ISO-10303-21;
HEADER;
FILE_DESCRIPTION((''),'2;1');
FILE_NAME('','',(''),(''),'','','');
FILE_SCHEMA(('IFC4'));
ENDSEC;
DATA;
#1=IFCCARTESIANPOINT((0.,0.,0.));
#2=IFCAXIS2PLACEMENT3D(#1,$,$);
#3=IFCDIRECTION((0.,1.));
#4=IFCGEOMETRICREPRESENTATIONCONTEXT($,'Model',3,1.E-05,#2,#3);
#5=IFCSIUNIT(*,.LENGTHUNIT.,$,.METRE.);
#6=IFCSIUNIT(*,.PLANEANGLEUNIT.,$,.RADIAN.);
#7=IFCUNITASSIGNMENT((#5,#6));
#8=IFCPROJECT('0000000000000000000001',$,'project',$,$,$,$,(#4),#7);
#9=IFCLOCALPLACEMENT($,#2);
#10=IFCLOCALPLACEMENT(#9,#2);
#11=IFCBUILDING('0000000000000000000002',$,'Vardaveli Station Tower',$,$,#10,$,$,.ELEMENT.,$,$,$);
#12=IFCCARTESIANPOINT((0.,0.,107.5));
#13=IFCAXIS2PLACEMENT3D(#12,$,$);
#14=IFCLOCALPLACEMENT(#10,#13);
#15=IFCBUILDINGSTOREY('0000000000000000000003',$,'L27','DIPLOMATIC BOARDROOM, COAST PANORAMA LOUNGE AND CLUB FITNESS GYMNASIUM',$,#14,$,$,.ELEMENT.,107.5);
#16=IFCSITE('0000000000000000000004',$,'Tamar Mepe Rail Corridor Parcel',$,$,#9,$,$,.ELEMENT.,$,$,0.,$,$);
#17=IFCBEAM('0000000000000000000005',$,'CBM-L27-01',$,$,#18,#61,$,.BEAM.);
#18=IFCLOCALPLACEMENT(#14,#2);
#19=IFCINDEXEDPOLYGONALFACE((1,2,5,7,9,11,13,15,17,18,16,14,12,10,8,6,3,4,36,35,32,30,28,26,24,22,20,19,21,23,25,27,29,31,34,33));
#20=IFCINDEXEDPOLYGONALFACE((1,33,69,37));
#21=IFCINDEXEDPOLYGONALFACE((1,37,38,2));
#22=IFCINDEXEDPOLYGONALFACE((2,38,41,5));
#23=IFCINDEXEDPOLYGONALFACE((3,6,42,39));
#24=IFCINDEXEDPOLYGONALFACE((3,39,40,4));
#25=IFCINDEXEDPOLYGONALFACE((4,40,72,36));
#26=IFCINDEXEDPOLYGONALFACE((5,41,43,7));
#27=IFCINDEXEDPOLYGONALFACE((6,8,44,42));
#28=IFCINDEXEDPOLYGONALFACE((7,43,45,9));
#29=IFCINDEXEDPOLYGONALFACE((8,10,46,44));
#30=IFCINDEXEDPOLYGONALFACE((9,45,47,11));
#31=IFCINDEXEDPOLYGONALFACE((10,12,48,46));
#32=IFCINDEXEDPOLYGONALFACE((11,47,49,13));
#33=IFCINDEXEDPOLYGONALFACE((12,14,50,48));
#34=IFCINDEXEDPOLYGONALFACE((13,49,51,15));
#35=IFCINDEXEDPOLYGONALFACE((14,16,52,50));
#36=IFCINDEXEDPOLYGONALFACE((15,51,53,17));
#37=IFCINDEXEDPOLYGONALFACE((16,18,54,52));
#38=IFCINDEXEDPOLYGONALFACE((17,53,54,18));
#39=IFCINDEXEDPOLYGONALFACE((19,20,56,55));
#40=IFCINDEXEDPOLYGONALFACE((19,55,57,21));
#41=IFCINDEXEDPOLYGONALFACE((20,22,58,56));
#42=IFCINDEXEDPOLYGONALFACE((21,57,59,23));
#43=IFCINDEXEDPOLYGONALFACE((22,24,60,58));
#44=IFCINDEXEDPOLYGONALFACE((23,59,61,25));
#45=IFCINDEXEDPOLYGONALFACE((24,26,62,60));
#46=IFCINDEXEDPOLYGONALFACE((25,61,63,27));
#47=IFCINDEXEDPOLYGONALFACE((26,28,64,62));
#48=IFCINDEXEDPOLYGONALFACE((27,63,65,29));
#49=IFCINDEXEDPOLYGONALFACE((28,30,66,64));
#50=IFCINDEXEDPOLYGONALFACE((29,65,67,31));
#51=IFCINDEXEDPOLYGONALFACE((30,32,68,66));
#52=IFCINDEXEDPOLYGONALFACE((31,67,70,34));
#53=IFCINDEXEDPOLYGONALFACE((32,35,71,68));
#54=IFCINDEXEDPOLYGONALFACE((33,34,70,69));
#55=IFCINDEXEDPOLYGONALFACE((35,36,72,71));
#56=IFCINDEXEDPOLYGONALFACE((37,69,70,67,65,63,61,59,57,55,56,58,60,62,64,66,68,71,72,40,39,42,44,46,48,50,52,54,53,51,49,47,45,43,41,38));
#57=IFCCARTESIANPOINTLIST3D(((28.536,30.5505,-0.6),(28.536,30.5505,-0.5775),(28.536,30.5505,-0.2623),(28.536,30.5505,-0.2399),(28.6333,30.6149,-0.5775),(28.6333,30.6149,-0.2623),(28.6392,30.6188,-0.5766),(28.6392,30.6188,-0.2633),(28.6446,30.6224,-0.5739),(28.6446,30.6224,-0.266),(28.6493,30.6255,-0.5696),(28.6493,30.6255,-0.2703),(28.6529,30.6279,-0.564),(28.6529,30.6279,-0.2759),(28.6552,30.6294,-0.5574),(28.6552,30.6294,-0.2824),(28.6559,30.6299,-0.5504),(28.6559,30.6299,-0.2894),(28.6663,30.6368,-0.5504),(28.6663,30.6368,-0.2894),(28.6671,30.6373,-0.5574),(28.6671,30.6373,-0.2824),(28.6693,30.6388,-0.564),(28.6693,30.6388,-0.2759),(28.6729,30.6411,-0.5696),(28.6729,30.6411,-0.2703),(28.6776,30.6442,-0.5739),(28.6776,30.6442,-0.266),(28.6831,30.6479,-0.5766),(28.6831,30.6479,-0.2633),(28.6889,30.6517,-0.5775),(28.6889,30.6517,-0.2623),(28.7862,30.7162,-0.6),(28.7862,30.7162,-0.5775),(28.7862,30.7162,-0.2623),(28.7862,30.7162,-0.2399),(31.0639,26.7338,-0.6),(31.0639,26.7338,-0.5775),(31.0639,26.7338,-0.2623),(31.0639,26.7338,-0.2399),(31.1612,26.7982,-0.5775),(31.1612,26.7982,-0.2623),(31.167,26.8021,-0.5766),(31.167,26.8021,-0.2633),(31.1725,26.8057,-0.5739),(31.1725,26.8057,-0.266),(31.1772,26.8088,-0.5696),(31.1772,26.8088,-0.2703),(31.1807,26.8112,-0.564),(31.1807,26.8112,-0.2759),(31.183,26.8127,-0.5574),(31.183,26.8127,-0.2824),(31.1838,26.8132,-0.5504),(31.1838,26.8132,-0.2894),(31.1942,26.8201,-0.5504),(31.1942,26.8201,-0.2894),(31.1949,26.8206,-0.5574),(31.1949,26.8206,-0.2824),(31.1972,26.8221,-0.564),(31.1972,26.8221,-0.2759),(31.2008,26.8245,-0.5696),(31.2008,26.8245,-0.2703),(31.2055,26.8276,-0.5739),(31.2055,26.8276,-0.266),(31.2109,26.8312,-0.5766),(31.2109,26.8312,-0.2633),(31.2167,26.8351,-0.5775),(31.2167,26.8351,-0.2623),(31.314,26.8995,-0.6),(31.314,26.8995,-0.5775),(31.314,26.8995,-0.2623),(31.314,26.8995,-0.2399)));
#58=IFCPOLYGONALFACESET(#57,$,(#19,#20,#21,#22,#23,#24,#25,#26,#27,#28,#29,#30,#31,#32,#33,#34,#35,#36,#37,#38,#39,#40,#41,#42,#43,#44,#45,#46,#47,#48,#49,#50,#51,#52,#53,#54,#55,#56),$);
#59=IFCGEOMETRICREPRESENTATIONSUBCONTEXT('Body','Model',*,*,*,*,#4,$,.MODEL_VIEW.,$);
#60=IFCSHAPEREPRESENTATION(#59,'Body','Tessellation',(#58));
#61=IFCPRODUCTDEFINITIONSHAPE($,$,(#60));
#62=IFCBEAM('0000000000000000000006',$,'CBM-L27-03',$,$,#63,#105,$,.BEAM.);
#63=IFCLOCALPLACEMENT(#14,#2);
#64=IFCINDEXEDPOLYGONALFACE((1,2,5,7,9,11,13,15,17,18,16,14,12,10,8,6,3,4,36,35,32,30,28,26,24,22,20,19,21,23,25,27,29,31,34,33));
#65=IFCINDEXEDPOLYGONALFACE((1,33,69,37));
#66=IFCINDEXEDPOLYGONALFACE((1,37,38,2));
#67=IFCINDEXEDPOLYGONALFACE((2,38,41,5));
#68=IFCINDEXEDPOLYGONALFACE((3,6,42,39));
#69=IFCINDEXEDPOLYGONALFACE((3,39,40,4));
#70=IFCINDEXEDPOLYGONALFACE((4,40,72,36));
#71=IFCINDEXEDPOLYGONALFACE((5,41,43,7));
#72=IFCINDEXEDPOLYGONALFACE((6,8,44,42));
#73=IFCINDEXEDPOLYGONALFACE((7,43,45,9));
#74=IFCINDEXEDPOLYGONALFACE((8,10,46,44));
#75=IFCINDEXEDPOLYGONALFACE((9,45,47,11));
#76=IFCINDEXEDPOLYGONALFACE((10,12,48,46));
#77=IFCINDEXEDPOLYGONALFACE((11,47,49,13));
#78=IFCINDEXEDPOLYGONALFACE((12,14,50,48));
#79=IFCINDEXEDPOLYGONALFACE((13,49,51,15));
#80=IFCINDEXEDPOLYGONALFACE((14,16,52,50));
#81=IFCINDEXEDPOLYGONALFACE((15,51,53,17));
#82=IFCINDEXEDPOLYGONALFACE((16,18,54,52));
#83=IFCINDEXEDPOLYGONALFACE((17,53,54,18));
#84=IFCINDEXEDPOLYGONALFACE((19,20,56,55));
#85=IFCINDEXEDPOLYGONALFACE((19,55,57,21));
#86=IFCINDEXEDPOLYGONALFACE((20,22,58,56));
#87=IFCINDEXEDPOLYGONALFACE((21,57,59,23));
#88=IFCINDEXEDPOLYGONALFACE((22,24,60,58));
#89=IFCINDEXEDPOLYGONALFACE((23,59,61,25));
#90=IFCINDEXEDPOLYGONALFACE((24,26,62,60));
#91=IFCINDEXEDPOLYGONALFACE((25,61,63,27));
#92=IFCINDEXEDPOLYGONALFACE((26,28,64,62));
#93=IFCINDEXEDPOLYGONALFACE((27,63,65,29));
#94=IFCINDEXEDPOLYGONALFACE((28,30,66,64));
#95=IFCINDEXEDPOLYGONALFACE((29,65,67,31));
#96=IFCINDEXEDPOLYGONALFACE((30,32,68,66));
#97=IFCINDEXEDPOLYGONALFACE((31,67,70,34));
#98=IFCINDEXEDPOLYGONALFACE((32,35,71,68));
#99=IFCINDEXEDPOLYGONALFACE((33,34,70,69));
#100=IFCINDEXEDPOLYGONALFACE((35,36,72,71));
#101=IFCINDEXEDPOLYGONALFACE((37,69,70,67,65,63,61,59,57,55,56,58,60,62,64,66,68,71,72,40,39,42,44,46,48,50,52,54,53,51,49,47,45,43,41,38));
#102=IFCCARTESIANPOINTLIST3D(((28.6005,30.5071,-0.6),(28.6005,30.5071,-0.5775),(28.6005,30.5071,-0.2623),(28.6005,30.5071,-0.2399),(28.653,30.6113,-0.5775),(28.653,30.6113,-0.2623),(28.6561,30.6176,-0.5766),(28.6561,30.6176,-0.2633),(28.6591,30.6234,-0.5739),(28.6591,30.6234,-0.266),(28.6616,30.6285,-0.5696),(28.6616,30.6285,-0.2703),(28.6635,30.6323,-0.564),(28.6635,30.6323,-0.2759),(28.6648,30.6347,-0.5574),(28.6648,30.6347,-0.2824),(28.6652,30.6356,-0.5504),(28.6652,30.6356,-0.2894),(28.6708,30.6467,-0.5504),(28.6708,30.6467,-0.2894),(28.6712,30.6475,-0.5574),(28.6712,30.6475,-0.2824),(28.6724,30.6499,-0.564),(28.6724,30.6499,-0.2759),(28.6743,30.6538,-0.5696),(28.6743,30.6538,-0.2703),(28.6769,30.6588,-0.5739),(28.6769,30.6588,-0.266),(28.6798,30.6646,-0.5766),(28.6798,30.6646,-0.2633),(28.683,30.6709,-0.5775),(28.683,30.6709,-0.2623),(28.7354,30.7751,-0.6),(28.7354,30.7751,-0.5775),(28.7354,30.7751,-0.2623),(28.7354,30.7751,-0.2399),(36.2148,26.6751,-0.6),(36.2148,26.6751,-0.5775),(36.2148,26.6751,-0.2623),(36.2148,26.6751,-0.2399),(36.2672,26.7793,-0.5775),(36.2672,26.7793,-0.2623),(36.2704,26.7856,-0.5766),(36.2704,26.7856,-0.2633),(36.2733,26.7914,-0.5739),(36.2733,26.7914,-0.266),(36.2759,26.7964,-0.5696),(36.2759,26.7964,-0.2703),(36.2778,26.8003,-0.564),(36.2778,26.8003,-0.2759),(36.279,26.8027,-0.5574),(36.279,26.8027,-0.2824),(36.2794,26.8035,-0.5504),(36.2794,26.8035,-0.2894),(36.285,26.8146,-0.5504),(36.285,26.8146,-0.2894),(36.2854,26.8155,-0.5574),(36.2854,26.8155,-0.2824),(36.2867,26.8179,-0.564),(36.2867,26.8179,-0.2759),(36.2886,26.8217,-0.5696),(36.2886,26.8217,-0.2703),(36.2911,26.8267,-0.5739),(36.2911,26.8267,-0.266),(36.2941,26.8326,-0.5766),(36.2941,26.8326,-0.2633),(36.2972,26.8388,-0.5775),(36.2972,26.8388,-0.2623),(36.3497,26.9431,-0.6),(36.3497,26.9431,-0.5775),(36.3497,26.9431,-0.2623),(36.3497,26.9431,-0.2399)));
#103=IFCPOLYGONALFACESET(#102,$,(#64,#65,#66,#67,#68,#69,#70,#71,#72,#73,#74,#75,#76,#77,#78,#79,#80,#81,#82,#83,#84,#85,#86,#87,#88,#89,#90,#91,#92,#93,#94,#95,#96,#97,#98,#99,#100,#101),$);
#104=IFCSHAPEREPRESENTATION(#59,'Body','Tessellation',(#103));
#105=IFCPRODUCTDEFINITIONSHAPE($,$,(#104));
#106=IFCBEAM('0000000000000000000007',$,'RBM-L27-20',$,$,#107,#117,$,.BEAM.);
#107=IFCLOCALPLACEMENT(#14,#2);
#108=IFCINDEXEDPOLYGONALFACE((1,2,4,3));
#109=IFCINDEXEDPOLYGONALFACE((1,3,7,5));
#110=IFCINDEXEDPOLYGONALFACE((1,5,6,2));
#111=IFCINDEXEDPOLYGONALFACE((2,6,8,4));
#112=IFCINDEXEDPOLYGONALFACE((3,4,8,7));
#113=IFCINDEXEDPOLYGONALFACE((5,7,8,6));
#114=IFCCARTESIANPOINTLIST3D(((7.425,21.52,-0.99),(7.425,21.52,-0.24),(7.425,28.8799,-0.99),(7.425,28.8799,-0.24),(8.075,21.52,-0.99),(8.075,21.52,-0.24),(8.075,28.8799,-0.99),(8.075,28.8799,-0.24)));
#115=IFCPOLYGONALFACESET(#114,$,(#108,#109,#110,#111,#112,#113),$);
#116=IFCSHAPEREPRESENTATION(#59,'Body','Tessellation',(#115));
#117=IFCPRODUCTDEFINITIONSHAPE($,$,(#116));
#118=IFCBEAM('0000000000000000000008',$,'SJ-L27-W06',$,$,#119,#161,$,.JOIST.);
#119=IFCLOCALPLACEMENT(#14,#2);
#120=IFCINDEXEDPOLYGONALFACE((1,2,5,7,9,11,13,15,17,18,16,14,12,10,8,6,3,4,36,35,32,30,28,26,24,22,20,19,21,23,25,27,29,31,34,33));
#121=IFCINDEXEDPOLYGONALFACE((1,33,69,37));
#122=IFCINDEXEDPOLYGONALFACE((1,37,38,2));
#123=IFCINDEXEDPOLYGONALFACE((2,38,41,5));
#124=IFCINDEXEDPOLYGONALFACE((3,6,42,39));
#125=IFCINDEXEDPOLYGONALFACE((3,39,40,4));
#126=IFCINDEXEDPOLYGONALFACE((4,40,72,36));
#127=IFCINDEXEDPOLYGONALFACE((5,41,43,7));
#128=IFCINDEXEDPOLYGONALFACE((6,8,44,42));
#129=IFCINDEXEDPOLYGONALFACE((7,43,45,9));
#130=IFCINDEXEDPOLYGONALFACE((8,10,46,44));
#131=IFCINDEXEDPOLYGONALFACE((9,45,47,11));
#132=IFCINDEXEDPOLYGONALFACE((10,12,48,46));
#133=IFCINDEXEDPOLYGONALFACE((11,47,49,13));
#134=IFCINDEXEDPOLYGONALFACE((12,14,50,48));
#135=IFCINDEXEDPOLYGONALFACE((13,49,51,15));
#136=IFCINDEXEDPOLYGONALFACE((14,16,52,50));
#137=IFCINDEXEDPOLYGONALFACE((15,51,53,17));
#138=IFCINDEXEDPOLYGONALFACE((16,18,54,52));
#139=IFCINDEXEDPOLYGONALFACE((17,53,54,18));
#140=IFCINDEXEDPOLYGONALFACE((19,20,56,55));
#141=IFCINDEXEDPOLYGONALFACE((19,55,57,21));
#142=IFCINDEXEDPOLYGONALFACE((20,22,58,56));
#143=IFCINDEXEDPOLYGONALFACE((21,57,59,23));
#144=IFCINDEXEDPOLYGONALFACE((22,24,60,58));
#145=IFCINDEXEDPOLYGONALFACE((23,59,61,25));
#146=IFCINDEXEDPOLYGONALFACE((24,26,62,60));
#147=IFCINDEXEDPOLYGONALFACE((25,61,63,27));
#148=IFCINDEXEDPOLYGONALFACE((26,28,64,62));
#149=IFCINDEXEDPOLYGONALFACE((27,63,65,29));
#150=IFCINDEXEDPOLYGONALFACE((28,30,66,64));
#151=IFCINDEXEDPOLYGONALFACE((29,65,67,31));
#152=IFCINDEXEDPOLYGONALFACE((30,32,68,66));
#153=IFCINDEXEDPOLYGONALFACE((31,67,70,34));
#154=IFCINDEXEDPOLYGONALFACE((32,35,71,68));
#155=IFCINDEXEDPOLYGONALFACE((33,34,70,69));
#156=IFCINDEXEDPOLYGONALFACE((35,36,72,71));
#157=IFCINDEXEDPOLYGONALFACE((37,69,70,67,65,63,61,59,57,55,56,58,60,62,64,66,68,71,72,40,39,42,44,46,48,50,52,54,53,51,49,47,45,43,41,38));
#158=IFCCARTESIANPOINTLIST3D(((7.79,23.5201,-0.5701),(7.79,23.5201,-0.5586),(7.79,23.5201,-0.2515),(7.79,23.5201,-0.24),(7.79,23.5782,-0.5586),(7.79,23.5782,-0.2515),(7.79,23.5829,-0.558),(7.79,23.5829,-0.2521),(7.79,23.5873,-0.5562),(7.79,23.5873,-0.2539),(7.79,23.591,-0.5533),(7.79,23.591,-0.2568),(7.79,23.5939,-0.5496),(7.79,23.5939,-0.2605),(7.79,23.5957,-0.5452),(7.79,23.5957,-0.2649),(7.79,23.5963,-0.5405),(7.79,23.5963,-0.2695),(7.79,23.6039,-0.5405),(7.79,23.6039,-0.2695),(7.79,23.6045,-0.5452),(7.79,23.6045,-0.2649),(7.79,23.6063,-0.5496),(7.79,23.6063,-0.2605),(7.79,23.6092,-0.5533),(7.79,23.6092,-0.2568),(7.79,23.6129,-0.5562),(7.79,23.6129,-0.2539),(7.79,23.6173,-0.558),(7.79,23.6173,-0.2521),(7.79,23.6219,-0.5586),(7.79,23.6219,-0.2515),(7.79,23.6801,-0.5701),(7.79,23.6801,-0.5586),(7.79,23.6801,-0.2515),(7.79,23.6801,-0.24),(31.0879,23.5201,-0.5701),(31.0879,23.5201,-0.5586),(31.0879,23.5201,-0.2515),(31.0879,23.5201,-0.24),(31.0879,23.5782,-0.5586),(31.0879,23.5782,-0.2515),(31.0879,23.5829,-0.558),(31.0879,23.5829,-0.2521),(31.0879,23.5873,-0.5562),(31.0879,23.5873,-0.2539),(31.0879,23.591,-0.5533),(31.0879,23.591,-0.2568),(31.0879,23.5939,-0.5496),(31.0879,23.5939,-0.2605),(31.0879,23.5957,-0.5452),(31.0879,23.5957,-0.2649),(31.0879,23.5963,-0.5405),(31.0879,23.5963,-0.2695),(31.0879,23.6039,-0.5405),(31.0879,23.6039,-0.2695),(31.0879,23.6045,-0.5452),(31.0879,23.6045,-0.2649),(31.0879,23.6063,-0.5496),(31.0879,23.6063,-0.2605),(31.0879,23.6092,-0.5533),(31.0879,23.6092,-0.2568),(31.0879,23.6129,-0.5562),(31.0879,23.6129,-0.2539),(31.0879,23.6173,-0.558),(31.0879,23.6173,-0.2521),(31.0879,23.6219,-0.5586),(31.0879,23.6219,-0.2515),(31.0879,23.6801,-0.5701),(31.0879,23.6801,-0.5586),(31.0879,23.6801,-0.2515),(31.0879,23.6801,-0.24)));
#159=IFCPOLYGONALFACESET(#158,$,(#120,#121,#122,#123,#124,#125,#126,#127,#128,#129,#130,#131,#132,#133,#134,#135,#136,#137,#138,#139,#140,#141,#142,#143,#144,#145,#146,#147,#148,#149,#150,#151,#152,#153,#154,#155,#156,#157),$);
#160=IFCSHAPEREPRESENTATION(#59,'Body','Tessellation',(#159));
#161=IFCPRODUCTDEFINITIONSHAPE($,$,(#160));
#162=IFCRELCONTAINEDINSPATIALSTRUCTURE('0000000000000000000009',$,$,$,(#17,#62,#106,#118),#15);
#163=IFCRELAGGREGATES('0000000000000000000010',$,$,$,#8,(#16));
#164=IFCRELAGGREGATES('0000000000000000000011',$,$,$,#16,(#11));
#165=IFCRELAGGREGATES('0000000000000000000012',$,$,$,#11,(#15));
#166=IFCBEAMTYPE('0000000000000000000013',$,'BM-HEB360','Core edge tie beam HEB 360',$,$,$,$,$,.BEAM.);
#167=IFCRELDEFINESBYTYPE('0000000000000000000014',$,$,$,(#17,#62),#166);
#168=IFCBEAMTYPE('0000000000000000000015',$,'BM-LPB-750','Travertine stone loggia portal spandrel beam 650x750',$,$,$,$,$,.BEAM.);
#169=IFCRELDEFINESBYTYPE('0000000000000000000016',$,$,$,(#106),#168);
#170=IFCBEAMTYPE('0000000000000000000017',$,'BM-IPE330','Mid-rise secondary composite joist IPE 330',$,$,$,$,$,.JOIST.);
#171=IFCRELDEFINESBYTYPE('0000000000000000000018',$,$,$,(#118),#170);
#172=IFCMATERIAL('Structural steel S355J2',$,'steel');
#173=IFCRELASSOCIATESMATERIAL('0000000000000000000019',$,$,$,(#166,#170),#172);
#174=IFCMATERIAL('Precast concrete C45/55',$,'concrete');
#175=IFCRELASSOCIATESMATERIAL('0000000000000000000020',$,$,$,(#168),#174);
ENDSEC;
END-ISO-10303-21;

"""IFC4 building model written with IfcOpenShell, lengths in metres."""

from ifc_helpers import new_model, si_unit, direction, frame, origin, origin_2d, place, context, subcontext, project, spatial, rectangle, i_section, extrude, source, transform, mapped, material, material_profile, profile_set, type_object, element, save


model = new_model("IFC4")

# Units and contexts
model_context = context("Model", 3, precision=1e-05, world=origin(), true_north=direction((0.0, 1.0)))
body_context = subcontext(model_context, "Body", "Model", "MODEL_VIEW")
ifc_project = project(units=[si_unit("LENGTHUNIT", "METRE"), si_unit("PLANEANGLEUNIT", "RADIAN")], contexts=[model_context])

# Site, building, storey
site_placement = place(None, origin())
site = spatial("IfcSite", under=ifc_project, at=site_placement, Name="Tamar Mepe Rail Corridor Parcel", CompositionType="ELEMENT", RefElevation=0.0)
building_placement = place(site_placement, origin())
building = spatial("IfcBuilding", under=site, at=building_placement, Name="Vardaveli Station Tower", CompositionType="ELEMENT")
storey_placement = place(building_placement, frame((0.0, 0.0, 107.5)))
storey = spatial("IfcBuildingStorey", under=building, at=storey_placement, Name="L27", Description="DIPLOMATIC BOARDROOM, COAST PANORAMA LOUNGE AND CLUB FITNESS GYMNASIUM", CompositionType="ELEMENT", Elevation=107.5)

# Beams
ifc_material_1 = material(Name="Structural steel S355J2", Category="steel")
ifc_material_profile_1 = material_profile(ifc_material_1, i_section(OverallWidth=0.3, OverallDepth=0.3601, WebThickness=0.0125, FlangeThickness=0.0225, FilletRadius=0.0271, at=origin_2d()), Name="HEB 360")
ifc_profile_set_1 = profile_set([ifc_material_profile_1], Name="Structural steel S355J2")
beam_type_1 = type_object("IfcBeamType", Name="BM-HEB360", Description="Core edge tie beam HEB 360", PredefinedType="BEAM", material=ifc_profile_set_1)
shared_shape_1 = source(origin(), body_context, "Body", "SweptSolid", [
    extrude(i_section(OverallWidth=0.3, OverallDepth=0.3601, WebThickness=0.0125, FlangeThickness=0.0225, FilletRadius=0.0271, at=origin_2d()), origin(), (0.0, 0.0, 1.0), 4.5779),
])
beam_1_placement = place(storey_placement, frame((31.189, 26.8167, -0.4199), z_axis=(-0.552187, 0.83372, 0.0), x_axis=(-0.83372, -0.552187, 0.0)))
element("IfcBeam", 1, at=beam_1_placement, inside=storey, type_object=beam_type_1, Name="CBM-L27-01", PredefinedType="BEAM", context=body_context, shape_type="MappedRepresentation", body=[
    mapped(shared_shape_1, transform((0.0, 0.0, 0.0), scale=1.0)),
])
shared_shape_2 = source(origin(), body_context, "Body", "SweptSolid", [
    extrude(i_section(OverallWidth=0.3, OverallDepth=0.3601, WebThickness=0.0125, FlangeThickness=0.0225, FilletRadius=0.0271, at=origin_2d()), origin(), (0.0, 0.0, 1.0), 8.5242),
])
beam_2_placement = place(storey_placement, frame((28.668, 30.6411, -0.4199), z_axis=(0.893256, -0.449549, 0.0), x_axis=(0.449549, 0.893256, 0.0)))
element("IfcBeam", 2, at=beam_2_placement, inside=storey, type_object=beam_type_1, Name="CBM-L27-03", PredefinedType="BEAM", context=body_context, shape_type="MappedRepresentation", body=[
    mapped(shared_shape_2, transform((0.0, 0.0, 0.0), scale=1.0)),
])
ifc_material_2 = material(Name="Precast concrete C45/55", Category="concrete")
ifc_material_profile_2 = material_profile(ifc_material_2, rectangle(XDim=0.6499, YDim=0.75, at=origin_2d()), Name="LPB 650x750")
ifc_profile_set_2 = profile_set([ifc_material_profile_2], Name="Precast concrete C45/55")
beam_type_2 = type_object("IfcBeamType", Name="BM-LPB-750", Description="Travertine stone loggia portal spandrel beam 650x750", PredefinedType="BEAM", material=ifc_profile_set_2)
shared_shape_3 = source(origin(), body_context, "Body", "SweptSolid", [
    extrude(rectangle(XDim=0.6499, YDim=0.75, at=origin_2d()), origin(), (0.0, 0.0, 1.0), 7.3599),
])
beam_3_placement = place(storey_placement, frame((7.75, 28.8799, -0.615), z_axis=(0.0, -1.0, 0.0), x_axis=(1.0, 0.0, 0.0)))
element("IfcBeam", 3, at=beam_3_placement, inside=storey, type_object=beam_type_2, Name="RBM-L27-20", PredefinedType="BEAM", context=body_context, shape_type="MappedRepresentation", body=[
    mapped(shared_shape_3, transform((0.0, 0.0, 0.0), scale=1.0)),
])
ifc_material_profile_3 = material_profile(ifc_material_1, i_section(OverallWidth=0.1599, OverallDepth=0.3301, WebThickness=0.0076, FlangeThickness=0.0115, FilletRadius=0.0181, at=origin_2d()), Name="IPE 330")
ifc_profile_set_3 = profile_set([ifc_material_profile_3], Name="Structural steel S355J2")
beam_type_3 = type_object("IfcBeamType", Name="BM-IPE330", Description="Mid-rise secondary composite joist IPE 330", PredefinedType="JOIST", material=ifc_profile_set_3)
shared_shape_4 = source(origin(), body_context, "Body", "SweptSolid", [
    extrude(i_section(OverallWidth=0.1599, OverallDepth=0.3301, WebThickness=0.0076, FlangeThickness=0.0115, FilletRadius=0.0181, at=origin_2d()), origin(), (0.0, 0.0, 1.0), 23.2979),
])
beam_4_placement = place(storey_placement, frame((7.79, 23.6001, -0.405), z_axis=(1.0, 0.0, 0.0), x_axis=(0.0, 1.0, 0.0)))
element("IfcBeam", 4, at=beam_4_placement, inside=storey, type_object=beam_type_3, Name="SJ-L27-W06", PredefinedType="JOIST", context=body_context, shape_type="MappedRepresentation", body=[
    mapped(shared_shape_4, transform((0.0, 0.0, 0.0), scale=1.0)),
])

save(model, "model.ifc")
